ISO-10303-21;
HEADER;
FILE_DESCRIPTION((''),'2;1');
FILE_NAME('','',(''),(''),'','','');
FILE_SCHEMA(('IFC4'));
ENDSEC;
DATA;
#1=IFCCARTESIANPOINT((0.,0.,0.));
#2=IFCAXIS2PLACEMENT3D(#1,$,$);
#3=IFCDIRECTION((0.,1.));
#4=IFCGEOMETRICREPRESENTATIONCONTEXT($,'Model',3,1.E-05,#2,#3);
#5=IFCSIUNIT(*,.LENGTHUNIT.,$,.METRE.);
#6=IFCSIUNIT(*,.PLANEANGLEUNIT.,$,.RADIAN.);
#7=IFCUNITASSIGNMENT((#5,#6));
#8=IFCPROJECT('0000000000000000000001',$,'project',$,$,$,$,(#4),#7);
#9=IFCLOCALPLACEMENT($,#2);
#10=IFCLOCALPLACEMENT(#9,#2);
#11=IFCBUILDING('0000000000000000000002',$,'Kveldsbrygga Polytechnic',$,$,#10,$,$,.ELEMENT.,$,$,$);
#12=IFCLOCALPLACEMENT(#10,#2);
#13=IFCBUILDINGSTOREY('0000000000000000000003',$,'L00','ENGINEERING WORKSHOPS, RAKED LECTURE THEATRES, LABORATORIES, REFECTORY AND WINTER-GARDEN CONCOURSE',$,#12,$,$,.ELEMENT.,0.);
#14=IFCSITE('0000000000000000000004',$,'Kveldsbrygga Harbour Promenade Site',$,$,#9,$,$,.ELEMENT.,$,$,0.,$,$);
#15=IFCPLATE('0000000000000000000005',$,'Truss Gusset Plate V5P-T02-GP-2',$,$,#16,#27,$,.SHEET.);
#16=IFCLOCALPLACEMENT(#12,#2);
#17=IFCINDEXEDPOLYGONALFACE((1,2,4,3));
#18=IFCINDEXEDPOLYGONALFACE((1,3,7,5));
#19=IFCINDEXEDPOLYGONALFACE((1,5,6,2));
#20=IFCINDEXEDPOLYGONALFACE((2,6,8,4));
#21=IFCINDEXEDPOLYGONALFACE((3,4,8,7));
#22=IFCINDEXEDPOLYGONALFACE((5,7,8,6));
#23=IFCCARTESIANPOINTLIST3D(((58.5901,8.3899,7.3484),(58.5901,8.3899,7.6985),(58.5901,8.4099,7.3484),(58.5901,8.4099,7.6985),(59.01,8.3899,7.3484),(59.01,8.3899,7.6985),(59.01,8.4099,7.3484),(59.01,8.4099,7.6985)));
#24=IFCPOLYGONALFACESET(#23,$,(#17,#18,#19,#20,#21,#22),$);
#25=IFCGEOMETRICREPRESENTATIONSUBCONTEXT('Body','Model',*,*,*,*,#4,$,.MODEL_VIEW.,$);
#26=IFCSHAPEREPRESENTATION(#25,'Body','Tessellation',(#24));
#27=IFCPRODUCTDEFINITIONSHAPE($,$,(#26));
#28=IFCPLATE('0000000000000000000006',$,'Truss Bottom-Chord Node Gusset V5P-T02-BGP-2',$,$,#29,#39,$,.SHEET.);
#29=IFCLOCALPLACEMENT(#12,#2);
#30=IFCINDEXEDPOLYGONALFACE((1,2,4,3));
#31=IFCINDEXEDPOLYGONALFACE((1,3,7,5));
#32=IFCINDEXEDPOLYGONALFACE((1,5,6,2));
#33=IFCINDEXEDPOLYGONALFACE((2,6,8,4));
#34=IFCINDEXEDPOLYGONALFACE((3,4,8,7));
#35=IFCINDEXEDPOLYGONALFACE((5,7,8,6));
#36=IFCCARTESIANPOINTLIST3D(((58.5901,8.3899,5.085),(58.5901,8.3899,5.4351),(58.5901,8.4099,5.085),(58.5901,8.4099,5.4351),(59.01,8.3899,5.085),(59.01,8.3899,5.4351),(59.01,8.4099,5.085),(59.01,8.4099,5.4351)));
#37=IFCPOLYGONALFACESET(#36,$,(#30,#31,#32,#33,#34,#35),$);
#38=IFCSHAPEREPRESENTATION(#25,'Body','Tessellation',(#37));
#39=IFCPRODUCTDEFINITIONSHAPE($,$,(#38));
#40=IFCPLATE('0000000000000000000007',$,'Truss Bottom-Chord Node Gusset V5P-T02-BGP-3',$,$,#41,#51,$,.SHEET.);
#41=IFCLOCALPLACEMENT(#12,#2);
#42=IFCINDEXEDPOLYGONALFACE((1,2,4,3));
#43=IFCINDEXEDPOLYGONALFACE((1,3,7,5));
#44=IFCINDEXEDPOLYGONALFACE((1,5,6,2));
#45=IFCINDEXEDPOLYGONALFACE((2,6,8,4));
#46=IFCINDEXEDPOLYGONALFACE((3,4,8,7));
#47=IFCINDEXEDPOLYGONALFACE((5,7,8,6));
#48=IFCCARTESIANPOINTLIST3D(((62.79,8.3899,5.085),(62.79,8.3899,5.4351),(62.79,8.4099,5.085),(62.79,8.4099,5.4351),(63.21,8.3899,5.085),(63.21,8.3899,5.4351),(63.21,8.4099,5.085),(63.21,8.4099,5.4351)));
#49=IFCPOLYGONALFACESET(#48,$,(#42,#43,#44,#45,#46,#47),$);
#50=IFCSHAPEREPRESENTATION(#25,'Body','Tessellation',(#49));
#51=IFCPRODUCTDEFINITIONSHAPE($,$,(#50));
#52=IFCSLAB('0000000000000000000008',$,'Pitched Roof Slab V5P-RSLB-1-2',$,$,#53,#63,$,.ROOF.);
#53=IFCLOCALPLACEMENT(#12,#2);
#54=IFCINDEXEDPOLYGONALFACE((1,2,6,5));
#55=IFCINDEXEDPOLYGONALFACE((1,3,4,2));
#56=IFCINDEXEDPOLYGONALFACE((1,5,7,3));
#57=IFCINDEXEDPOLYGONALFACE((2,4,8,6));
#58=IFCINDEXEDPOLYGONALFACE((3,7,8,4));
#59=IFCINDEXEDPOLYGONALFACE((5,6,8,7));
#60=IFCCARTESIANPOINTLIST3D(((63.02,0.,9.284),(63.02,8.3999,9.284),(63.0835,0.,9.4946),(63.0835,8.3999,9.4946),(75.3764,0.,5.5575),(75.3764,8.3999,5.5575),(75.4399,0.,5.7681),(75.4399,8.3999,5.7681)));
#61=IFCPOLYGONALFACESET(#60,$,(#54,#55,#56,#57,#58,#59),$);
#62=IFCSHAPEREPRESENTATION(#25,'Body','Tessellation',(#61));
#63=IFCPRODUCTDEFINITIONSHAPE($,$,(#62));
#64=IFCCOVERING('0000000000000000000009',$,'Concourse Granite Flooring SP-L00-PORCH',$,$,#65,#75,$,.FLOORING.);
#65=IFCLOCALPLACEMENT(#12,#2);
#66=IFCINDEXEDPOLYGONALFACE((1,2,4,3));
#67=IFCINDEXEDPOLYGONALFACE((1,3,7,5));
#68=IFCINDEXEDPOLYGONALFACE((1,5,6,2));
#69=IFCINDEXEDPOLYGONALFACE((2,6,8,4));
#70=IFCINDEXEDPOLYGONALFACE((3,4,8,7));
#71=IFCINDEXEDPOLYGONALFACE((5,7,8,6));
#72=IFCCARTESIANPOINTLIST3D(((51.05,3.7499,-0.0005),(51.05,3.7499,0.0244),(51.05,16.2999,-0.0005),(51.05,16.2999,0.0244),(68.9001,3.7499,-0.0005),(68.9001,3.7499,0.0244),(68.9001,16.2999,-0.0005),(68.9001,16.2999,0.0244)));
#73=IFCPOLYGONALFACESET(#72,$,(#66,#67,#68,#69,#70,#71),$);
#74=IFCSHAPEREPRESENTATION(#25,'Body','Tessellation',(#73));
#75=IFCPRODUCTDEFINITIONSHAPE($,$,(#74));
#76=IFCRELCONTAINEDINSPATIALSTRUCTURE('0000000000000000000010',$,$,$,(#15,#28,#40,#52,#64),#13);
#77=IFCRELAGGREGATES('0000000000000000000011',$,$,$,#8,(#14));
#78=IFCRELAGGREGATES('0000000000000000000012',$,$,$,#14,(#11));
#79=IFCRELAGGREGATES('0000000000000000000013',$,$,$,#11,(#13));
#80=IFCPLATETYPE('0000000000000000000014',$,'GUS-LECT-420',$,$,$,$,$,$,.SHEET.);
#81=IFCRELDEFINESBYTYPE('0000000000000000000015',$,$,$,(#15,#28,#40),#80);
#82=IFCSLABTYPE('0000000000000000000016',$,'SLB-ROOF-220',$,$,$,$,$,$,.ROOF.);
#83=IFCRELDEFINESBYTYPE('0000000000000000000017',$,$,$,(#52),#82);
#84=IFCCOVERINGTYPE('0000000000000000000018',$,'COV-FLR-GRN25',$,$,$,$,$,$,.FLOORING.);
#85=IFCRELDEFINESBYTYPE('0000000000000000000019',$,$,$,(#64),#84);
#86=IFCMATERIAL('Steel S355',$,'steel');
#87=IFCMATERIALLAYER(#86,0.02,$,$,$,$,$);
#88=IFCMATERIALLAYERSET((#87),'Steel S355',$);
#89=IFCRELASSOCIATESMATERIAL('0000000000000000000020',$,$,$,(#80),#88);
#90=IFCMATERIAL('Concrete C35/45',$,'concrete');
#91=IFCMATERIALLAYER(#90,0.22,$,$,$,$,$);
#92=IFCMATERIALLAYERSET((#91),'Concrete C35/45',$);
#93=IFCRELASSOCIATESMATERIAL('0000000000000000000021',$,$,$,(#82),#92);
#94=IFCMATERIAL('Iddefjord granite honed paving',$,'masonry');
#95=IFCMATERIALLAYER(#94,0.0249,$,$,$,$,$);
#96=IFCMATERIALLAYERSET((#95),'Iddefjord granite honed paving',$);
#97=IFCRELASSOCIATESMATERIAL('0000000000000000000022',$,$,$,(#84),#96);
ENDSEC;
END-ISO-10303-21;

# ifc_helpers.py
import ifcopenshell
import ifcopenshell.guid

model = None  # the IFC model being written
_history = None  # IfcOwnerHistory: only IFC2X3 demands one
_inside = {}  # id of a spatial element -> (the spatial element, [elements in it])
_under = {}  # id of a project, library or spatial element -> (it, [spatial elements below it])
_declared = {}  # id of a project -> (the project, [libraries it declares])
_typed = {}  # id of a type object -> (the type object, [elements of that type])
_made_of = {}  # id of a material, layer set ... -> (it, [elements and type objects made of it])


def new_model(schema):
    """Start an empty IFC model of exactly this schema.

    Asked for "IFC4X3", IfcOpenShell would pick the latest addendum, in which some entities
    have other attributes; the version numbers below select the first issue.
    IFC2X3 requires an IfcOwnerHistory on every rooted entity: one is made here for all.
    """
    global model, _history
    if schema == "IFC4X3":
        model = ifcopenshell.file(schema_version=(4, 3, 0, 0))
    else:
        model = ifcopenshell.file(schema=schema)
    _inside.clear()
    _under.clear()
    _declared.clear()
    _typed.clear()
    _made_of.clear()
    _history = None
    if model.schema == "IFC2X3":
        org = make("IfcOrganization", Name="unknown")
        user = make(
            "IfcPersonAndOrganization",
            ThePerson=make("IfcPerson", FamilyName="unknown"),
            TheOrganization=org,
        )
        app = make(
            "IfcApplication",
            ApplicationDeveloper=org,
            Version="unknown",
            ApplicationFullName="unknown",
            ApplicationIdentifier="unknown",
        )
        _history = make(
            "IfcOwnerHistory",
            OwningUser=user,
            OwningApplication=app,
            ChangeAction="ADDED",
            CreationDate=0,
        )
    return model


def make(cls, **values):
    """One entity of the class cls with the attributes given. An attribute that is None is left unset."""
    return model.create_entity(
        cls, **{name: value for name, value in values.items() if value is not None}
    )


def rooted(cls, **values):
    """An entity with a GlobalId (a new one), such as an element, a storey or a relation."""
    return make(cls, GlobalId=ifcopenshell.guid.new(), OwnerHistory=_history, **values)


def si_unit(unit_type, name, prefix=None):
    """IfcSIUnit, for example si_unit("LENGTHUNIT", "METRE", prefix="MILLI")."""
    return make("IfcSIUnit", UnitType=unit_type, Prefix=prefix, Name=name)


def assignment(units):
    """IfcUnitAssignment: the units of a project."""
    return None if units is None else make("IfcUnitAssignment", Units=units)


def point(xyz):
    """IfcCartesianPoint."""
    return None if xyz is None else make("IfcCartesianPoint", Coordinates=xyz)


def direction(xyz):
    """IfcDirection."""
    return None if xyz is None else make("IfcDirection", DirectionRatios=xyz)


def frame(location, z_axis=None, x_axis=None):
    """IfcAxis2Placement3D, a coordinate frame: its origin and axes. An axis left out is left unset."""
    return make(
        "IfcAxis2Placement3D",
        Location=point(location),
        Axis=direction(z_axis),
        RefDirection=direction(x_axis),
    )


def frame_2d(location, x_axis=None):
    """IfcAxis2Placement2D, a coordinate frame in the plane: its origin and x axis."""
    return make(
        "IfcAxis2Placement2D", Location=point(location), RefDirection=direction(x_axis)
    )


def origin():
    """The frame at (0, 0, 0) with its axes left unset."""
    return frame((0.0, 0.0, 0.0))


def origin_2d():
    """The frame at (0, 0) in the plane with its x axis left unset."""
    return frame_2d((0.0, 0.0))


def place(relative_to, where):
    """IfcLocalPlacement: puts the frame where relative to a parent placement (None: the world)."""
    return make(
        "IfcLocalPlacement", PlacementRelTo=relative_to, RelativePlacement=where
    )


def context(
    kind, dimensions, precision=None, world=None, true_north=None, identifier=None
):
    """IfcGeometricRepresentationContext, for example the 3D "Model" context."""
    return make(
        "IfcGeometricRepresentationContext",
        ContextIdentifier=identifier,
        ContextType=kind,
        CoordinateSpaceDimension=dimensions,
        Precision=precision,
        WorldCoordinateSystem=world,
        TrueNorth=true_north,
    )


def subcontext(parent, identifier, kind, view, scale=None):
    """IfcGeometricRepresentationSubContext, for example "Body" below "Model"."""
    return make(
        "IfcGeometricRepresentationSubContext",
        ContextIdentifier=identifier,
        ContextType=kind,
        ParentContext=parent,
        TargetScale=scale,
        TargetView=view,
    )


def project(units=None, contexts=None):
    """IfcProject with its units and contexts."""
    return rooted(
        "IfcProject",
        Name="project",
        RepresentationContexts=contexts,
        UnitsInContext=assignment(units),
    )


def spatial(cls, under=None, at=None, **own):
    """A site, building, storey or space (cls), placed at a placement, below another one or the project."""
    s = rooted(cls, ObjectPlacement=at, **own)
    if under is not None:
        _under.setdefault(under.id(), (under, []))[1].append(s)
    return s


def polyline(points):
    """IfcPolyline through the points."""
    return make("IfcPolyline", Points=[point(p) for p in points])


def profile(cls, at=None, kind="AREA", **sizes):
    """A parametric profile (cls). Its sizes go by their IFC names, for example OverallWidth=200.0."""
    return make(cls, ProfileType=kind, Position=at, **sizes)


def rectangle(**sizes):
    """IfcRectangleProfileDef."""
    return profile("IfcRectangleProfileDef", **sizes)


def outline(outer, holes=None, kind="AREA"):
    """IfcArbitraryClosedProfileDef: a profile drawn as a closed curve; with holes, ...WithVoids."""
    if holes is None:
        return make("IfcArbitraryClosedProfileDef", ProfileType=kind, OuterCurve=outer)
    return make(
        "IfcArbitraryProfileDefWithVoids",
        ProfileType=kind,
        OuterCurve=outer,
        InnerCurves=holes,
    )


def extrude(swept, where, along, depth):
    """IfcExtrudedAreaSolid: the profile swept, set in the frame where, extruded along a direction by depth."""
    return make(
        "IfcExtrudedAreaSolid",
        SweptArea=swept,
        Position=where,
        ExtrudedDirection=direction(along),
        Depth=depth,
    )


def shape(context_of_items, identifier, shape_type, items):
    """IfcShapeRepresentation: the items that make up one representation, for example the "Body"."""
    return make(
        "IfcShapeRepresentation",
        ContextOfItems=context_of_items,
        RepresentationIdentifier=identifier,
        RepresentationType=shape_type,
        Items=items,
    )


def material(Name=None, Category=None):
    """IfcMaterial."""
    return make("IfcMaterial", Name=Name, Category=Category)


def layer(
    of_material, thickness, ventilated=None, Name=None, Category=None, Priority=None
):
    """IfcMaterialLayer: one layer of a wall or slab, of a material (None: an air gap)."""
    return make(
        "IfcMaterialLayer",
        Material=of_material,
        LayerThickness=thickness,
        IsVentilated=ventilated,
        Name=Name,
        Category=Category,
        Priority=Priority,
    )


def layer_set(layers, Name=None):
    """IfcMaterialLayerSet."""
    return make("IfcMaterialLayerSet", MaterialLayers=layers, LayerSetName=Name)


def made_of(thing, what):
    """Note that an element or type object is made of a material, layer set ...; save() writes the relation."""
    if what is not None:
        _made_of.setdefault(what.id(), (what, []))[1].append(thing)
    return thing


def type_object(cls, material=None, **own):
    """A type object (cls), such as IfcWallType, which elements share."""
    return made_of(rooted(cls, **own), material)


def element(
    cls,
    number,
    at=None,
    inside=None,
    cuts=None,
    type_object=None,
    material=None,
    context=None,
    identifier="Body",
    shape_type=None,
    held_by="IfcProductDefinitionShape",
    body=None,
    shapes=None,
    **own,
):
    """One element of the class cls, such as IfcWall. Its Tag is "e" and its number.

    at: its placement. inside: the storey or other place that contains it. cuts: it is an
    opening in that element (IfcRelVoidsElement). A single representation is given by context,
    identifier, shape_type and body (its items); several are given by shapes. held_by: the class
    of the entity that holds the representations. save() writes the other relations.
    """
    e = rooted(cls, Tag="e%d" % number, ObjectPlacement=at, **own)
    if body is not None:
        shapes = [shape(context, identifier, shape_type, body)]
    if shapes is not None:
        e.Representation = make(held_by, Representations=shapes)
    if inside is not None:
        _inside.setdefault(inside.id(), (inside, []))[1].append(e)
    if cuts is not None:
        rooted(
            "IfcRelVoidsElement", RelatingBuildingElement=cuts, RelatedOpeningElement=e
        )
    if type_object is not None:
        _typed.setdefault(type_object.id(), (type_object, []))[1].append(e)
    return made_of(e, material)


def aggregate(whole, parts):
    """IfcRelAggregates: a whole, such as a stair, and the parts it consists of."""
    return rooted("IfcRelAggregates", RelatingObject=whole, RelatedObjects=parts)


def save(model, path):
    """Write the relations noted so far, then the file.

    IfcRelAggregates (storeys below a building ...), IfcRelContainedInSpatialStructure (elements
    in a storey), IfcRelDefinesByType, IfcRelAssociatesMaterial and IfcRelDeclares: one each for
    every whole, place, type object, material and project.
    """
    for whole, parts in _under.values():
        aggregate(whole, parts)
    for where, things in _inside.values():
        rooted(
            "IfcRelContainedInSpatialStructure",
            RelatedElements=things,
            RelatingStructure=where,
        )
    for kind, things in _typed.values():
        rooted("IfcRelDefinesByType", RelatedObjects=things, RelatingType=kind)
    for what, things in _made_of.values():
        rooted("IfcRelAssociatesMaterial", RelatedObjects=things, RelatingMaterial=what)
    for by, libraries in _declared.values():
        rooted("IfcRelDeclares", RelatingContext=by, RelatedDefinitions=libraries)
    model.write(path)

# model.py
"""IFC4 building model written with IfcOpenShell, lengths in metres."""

from ifc_helpers import new_model, si_unit, direction, frame, origin, origin_2d, place, context, subcontext, project, spatial, polyline, rectangle, outline, extrude, material, layer, layer_set, type_object, element, save


model = new_model("IFC4")

# Units and contexts
model_context = context("Model", 3, precision=1e-05, world=origin(), true_north=direction((0.0, 1.0)))
body_context = subcontext(model_context, "Body", "Model", "MODEL_VIEW")
ifc_project = project(units=[si_unit("LENGTHUNIT", "METRE"), si_unit("PLANEANGLEUNIT", "RADIAN")], contexts=[model_context])

# Site, building, storey
site_placement = place(None, origin())
site = spatial("IfcSite", under=ifc_project, at=site_placement, Name="Kveldsbrygga Harbour Promenade Site", CompositionType="ELEMENT", RefElevation=0.0)
building_placement = place(site_placement, origin())
building = spatial("IfcBuilding", under=site, at=building_placement, Name="Kveldsbrygga Polytechnic", CompositionType="ELEMENT")
storey_placement = place(building_placement, origin())
storey = spatial("IfcBuildingStorey", under=building, at=storey_placement, Name="L00", Description="ENGINEERING WORKSHOPS, RAKED LECTURE THEATRES, LABORATORIES, REFECTORY AND WINTER-GARDEN CONCOURSE", CompositionType="ELEMENT", Elevation=0.0)

# Shared definitions
ifc_material_1 = material(Name="Concrete C35/45", Category="concrete")

# Shared definitions
ifc_material_2 = material(Name="Steel S355", Category="steel")

# Plates
ifc_layer_1 = layer(ifc_material_2, 0.02)
ifc_layer_set_1 = layer_set([ifc_layer_1], Name="Steel S355")
plate_type_1 = type_object("IfcPlateType", Name="GUS-LECT-420", PredefinedType="SHEET", material=ifc_layer_set_1)
for number, where, z_axis, x_axis, name in (
    (1, (58.8, 8.3999, 7.3484), (0.0, 0.0, 1.0), (1.0, 0.0, 0.0), "Truss Gusset Plate V5P-T02-GP-2"),
    (2, (58.8, 8.3999, 5.085), (0.0, 0.0, 1.0), (1.0, 0.0, 0.0), "Truss Bottom-Chord Node Gusset V5P-T02-BGP-2"),
    (3, (63.0, 8.3999, 5.085), (0.0, 0.0, 1.0), (1.0, 0.0, 0.0), "Truss Bottom-Chord Node Gusset V5P-T02-BGP-3"),
):
    element("IfcPlate", number, at=place(storey_placement, frame(where, z_axis=z_axis, x_axis=x_axis)), inside=storey, type_object=plate_type_1, Name=name, PredefinedType="SHEET", context=body_context, shape_type="SweptSolid", body=[
        extrude(rectangle(XDim=0.4199, YDim=0.02, at=origin_2d()), origin(), (0.0, 0.0, 1.0), 0.3501),
    ])

# Slab
ifc_layer_2 = layer(ifc_material_1, 0.22)
ifc_layer_set_2 = layer_set([ifc_layer_2], Name="Concrete C35/45")
slab_type = type_object("IfcSlabType", Name="SLB-ROOF-220", PredefinedType="ROOF", material=ifc_layer_set_2)
slab_placement = place(storey_placement, frame((63.0835, 0.0, 9.4946), z_axis=(0.288743, 0.0, 0.957407), x_axis=(0.957407, 0.0, -0.288743)))
element("IfcSlab", 4, at=slab_placement, inside=storey, type_object=slab_type, Name="Pitched Roof Slab V5P-RSLB-1-2", PredefinedType="ROOF", context=body_context, shape_type="SweptSolid", body=[
    extrude(outline(polyline([(0.0, 0.0), (12.9062, 0.0), (12.9062, 8.3999), (0.0, 8.3999), (0.0, 0.0)])), origin(), (0.0, 0.0, -1.0), 0.22),
])

# Covering
ifc_material_3 = material(Name="Iddefjord granite honed paving", Category="masonry")
ifc_layer_3 = layer(ifc_material_3, 0.0249)
ifc_layer_set_3 = layer_set([ifc_layer_3], Name="Iddefjord granite honed paving")
covering_type = type_object("IfcCoveringType", Name="COV-FLR-GRN25", PredefinedType="FLOORING", material=ifc_layer_set_3)
covering_placement = place(storey_placement, frame((59.9751, 10.0249, -0.0005), z_axis=(0.0, 0.0, 1.0), x_axis=(1.0, 0.0, 0.0)))
element("IfcCovering", 5, at=covering_placement, inside=storey, type_object=covering_type, Name="Concourse Granite Flooring SP-L00-PORCH", PredefinedType="FLOORING", context=body_context, shape_type="SweptSolid", body=[
    extrude(rectangle(XDim=17.8501, YDim=12.55, at=origin_2d()), origin(), (0.0, 0.0, 1.0), 0.0249),
])

save(model, "model.ifc")
